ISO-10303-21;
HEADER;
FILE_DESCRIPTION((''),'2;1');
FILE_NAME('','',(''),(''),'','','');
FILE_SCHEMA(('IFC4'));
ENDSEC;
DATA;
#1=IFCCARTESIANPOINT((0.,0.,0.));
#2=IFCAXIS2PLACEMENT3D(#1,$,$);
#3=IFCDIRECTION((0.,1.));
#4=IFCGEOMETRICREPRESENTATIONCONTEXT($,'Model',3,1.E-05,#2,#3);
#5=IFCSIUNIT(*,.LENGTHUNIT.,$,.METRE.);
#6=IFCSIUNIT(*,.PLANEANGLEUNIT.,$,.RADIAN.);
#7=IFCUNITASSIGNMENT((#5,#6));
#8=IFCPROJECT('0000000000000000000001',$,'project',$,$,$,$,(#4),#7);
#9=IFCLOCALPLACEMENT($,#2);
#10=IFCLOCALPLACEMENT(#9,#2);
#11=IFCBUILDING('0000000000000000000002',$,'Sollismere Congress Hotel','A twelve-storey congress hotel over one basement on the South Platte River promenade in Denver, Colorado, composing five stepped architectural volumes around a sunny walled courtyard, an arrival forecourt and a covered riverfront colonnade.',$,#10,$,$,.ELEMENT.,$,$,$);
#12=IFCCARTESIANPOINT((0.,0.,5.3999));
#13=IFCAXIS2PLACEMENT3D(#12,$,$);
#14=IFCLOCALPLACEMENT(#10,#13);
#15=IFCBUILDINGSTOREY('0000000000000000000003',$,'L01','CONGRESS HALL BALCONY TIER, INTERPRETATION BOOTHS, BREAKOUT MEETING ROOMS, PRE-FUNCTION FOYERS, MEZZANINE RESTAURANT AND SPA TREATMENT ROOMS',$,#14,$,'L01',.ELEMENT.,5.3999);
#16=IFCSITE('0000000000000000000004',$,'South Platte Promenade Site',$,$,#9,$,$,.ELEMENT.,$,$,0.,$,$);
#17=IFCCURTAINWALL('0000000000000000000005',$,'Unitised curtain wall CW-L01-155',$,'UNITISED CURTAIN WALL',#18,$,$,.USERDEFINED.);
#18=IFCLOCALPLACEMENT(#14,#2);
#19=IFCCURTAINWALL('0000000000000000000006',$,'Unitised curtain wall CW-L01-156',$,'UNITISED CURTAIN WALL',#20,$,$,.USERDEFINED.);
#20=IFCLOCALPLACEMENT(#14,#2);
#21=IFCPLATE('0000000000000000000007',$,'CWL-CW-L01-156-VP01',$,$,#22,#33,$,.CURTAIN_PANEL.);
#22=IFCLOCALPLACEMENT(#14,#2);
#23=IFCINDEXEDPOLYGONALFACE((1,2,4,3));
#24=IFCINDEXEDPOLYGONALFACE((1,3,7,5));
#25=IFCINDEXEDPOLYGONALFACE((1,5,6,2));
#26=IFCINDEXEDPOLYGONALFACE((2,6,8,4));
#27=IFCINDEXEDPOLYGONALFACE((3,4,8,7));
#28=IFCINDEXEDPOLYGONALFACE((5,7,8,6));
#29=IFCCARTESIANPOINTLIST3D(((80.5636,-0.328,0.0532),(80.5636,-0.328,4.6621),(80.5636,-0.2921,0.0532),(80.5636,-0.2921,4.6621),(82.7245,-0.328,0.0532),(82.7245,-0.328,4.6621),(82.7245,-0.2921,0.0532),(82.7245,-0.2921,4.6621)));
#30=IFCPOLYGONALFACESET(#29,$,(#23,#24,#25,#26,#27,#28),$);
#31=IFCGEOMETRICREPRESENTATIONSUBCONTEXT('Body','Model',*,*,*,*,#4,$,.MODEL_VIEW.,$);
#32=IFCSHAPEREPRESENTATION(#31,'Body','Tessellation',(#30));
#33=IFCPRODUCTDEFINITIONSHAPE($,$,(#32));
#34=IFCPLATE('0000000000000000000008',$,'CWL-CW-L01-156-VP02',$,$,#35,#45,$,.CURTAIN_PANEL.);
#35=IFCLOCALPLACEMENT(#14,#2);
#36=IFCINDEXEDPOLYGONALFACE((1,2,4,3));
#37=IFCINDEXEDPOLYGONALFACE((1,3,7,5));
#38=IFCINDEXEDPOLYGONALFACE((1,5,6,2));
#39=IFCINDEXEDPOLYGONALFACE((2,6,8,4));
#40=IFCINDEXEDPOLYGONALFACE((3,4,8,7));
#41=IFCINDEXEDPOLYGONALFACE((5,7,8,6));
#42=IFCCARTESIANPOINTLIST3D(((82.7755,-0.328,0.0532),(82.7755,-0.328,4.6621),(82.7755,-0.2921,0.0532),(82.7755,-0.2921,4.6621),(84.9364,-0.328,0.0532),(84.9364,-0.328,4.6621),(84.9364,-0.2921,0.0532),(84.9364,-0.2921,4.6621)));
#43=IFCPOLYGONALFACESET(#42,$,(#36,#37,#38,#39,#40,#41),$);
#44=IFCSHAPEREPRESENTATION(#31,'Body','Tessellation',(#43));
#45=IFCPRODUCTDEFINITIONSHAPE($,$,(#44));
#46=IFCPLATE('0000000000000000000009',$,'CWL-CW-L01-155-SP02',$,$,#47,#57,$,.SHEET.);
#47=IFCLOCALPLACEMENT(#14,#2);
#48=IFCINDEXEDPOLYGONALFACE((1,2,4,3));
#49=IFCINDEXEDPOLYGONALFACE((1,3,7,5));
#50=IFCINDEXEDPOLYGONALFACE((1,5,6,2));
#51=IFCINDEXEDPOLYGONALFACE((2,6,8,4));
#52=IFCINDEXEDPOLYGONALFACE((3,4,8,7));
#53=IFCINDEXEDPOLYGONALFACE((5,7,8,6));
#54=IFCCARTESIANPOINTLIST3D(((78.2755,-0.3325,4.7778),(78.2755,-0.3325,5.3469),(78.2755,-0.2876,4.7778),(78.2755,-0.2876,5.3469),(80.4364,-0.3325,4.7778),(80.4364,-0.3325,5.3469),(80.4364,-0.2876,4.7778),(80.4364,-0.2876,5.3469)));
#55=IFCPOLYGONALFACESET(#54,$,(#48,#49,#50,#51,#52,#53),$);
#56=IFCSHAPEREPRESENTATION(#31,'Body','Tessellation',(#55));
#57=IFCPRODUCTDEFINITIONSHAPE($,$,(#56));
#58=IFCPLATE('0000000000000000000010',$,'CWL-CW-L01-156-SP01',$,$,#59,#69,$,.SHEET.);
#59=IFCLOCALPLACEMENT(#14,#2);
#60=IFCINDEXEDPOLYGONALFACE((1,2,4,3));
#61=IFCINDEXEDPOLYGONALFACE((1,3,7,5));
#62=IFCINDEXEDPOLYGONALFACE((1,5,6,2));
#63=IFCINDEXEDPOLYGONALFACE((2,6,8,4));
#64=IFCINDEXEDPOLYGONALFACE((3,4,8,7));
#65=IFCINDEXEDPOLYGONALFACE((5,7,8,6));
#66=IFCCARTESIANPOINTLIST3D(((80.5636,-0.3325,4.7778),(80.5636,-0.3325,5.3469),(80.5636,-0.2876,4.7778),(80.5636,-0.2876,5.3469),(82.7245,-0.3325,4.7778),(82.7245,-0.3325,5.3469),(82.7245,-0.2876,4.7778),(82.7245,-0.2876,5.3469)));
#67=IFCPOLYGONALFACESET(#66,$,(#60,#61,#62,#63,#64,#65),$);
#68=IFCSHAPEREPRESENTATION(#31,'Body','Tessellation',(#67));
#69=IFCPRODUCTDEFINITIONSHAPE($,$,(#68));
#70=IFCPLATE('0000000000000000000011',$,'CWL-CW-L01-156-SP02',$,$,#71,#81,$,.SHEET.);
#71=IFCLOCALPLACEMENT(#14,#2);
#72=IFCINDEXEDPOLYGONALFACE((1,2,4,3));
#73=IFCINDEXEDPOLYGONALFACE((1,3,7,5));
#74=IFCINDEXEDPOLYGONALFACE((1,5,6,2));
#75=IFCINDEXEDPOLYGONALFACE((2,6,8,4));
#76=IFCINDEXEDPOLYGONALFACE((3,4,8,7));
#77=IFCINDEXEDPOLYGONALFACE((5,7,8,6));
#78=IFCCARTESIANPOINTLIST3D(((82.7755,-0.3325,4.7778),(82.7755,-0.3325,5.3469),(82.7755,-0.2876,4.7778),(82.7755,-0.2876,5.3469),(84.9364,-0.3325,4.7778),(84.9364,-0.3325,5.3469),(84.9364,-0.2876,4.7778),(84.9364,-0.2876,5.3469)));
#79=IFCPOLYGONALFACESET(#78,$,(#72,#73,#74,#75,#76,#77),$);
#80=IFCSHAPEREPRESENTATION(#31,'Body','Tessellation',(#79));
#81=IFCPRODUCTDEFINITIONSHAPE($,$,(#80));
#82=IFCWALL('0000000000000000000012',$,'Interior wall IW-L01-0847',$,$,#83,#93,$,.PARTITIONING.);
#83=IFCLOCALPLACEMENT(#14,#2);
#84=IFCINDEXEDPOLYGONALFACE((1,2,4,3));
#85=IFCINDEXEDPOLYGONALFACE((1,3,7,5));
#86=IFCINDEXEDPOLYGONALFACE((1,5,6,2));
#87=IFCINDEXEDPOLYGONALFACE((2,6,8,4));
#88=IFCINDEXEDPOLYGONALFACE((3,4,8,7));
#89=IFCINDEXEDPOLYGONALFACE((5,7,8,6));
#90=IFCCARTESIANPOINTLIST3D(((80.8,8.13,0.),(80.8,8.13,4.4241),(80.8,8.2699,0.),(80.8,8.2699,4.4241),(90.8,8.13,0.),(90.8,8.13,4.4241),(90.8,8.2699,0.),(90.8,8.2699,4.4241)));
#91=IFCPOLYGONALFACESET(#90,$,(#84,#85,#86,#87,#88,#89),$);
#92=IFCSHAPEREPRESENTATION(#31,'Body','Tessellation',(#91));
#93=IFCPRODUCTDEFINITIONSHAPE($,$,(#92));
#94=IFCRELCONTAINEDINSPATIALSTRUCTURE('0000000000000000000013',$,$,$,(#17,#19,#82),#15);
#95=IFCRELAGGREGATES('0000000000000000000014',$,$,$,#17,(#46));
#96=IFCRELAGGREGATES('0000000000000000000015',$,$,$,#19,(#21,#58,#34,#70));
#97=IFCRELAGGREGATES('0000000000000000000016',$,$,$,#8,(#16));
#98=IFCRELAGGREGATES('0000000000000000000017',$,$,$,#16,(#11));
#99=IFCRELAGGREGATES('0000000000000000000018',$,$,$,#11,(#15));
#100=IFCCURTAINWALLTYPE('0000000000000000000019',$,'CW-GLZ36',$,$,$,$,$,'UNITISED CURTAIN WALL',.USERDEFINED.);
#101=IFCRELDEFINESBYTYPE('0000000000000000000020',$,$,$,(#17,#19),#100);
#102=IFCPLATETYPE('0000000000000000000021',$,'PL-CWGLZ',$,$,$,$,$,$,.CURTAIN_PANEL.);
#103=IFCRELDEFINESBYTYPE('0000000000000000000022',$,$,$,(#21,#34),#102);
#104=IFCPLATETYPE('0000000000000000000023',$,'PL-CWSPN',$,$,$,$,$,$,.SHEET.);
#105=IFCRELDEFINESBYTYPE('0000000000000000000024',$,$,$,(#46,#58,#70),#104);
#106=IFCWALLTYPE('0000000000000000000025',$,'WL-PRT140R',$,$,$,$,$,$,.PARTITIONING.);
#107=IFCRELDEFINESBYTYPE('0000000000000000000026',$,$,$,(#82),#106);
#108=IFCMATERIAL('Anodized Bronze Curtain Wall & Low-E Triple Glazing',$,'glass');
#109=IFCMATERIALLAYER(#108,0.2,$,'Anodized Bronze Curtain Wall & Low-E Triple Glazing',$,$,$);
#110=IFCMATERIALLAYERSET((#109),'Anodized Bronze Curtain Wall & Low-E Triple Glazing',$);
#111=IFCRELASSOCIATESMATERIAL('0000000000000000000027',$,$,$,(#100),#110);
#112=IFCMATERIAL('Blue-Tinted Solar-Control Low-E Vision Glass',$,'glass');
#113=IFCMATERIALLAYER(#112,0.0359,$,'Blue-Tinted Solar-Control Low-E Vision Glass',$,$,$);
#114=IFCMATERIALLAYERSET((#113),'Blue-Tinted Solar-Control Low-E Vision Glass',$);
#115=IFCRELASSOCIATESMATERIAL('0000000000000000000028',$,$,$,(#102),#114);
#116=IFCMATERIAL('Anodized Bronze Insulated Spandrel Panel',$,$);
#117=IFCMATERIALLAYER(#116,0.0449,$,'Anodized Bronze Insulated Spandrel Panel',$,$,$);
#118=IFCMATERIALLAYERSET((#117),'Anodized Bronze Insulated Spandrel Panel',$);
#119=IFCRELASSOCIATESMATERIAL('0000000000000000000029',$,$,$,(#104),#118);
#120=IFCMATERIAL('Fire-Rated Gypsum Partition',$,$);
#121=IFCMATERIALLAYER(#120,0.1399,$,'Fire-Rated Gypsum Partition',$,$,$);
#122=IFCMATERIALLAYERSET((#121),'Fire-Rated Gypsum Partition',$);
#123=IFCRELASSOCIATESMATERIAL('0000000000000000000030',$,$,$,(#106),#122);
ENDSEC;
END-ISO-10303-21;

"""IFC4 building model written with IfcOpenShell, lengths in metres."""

from ifc_helpers import new_model, si_unit, direction, frame, frame_2d, origin, origin_2d, place, context, subcontext, project, spatial, rectangle, extrude, material, layer, layer_set, type_object, element, aggregate, save


model = new_model("IFC4")

# Units and contexts
model_context = context("Model", 3, precision=1e-05, world=origin(), true_north=direction((0.0, 1.0)))
body_context = subcontext(model_context, "Body", "Model", "MODEL_VIEW")
ifc_project = project(units=[si_unit("LENGTHUNIT", "METRE"), si_unit("PLANEANGLEUNIT", "RADIAN")], contexts=[model_context])

# Site, building, storey
site_placement = place(None, origin())
site = spatial("IfcSite", under=ifc_project, at=site_placement, Name="South Platte Promenade Site", CompositionType="ELEMENT", RefElevation=0.0)
building_placement = place(site_placement, origin())
building = spatial("IfcBuilding", under=site, at=building_placement, Name="Sollismere Congress Hotel", Description="A twelve-storey congress hotel over one basement on the South Platte River promenade in Denver, Colorado, composing five stepped architectural volumes around a sunny walled courtyard, an arrival forecourt and a covered riverfront colonnade.", CompositionType="ELEMENT")
storey_placement = place(building_placement, frame((0.0, 0.0, 5.3999)))
storey = spatial("IfcBuildingStorey", under=building, at=storey_placement, Name="L01", Description="CONGRESS HALL BALCONY TIER, INTERPRETATION BOOTHS, BREAKOUT MEETING ROOMS, PRE-FUNCTION FOYERS, MEZZANINE RESTAURANT AND SPA TREATMENT ROOMS", LongName="L01", CompositionType="ELEMENT", Elevation=5.3999)

# Curtain wall
ifc_material_1 = material(Name="Anodized Bronze Curtain Wall & Low-E Triple Glazing", Category="glass")
ifc_layer_1 = layer(ifc_material_1, 0.2, Name="Anodized Bronze Curtain Wall & Low-E Triple Glazing")
ifc_layer_set_1 = layer_set([ifc_layer_1], Name="Anodized Bronze Curtain Wall & Low-E Triple Glazing")
curtain_wall_type = type_object("IfcCurtainWallType", Name="CW-GLZ36", ElementType="UNITISED CURTAIN WALL", PredefinedType="USERDEFINED", material=ifc_layer_set_1)
curtain_wall_1_placement = place(storey_placement, origin())
curtain_wall_1 = element("IfcCurtainWall", 1, at=curtain_wall_1_placement, inside=storey, type_object=curtain_wall_type, Name="Unitised curtain wall CW-L01-155", ObjectType="UNITISED CURTAIN WALL", PredefinedType="USERDEFINED")

# Curtain wall
curtain_wall_2_placement = place(storey_placement, origin())
curtain_wall_2 = element("IfcCurtainWall", 2, at=curtain_wall_2_placement, inside=storey, type_object=curtain_wall_type, Name="Unitised curtain wall CW-L01-156", ObjectType="UNITISED CURTAIN WALL", PredefinedType="USERDEFINED")

# Plates
ifc_material_2 = material(Name="Blue-Tinted Solar-Control Low-E Vision Glass", Category="glass")
ifc_layer_2 = layer(ifc_material_2, 0.0359, Name="Blue-Tinted Solar-Control Low-E Vision Glass")
ifc_layer_set_2 = layer_set([ifc_layer_2], Name="Blue-Tinted Solar-Control Low-E Vision Glass")
plate_type_1 = type_object("IfcPlateType", Name="PL-CWGLZ", PredefinedType="CURTAIN_PANEL", material=ifc_layer_set_2)
plate_1_placement = place(storey_placement, frame((81.644, -0.3101, 0.0532), z_axis=(0.0, 0.0, 1.0), x_axis=(1.0, 0.0, 0.0)))
plate_1 = element("IfcPlate", 3, at=plate_1_placement, type_object=plate_type_1, Name="CWL-CW-L01-156-VP01", PredefinedType="CURTAIN_PANEL", context=body_context, shape_type="SweptSolid", body=[
    extrude(rectangle(XDim=2.1609, YDim=0.0359, at=origin_2d()), origin(), (0.0, 0.0, 1.0), 4.6089),
])
plate_2_placement = place(storey_placement, frame((83.856, -0.3101, 0.0532), z_axis=(0.0, 0.0, 1.0), x_axis=(1.0, 0.0, 0.0)))
plate_2 = element("IfcPlate", 4, at=plate_2_placement, type_object=plate_type_1, Name="CWL-CW-L01-156-VP02", PredefinedType="CURTAIN_PANEL", context=body_context, shape_type="SweptSolid", body=[
    extrude(rectangle(XDim=2.1609, YDim=0.0359, at=origin_2d()), origin(), (0.0, 0.0, 1.0), 4.6089),
])
ifc_material_3 = material(Name="Anodized Bronze Insulated Spandrel Panel")
ifc_layer_3 = layer(ifc_material_3, 0.0449, Name="Anodized Bronze Insulated Spandrel Panel")
ifc_layer_set_3 = layer_set([ifc_layer_3], Name="Anodized Bronze Insulated Spandrel Panel")
plate_type_2 = type_object("IfcPlateType", Name="PL-CWSPN", PredefinedType="SHEET", material=ifc_layer_set_3)
plate_3_placement = place(storey_placement, frame((79.356, -0.3101, 4.7778), z_axis=(0.0, 0.0, 1.0), x_axis=(1.0, 0.0, 0.0)))
plate_3 = element("IfcPlate", 5, at=plate_3_placement, type_object=plate_type_2, Name="CWL-CW-L01-155-SP02", PredefinedType="SHEET", context=body_context, shape_type="SweptSolid", body=[
    extrude(rectangle(XDim=2.1609, YDim=0.0449, at=origin_2d()), origin(), (0.0, 0.0, 1.0), 0.5691),
])
aggregate(curtain_wall_1, [plate_3])
plate_4_placement = place(storey_placement, frame((81.644, -0.3101, 4.7778), z_axis=(0.0, 0.0, 1.0), x_axis=(1.0, 0.0, 0.0)))
plate_4 = element("IfcPlate", 6, at=plate_4_placement, type_object=plate_type_2, Name="CWL-CW-L01-156-SP01", PredefinedType="SHEET", context=body_context, shape_type="SweptSolid", body=[
    extrude(rectangle(XDim=2.1609, YDim=0.0449, at=origin_2d()), origin(), (0.0, 0.0, 1.0), 0.5691),
])
plate_5_placement = place(storey_placement, frame((83.856, -0.3101, 4.7778), z_axis=(0.0, 0.0, 1.0), x_axis=(1.0, 0.0, 0.0)))
plate_5 = element("IfcPlate", 7, at=plate_5_placement, type_object=plate_type_2, Name="CWL-CW-L01-156-SP02", PredefinedType="SHEET", context=body_context, shape_type="SweptSolid", body=[
    extrude(rectangle(XDim=2.1609, YDim=0.0449, at=origin_2d()), origin(), (0.0, 0.0, 1.0), 0.5691),
])
aggregate(curtain_wall_2, [plate_1, plate_4, plate_2, plate_5])

# Wall
ifc_material_4 = material(Name="Fire-Rated Gypsum Partition")
ifc_layer_4 = layer(ifc_material_4, 0.1399, Name="Fire-Rated Gypsum Partition")
ifc_layer_set_4 = layer_set([ifc_layer_4], Name="Fire-Rated Gypsum Partition")
wall_type_1 = type_object("IfcWallType", Name="WL-PRT140R", PredefinedType="PARTITIONING", material=ifc_layer_set_4)
wall_1_placement = place(storey_placement, frame((80.8, 8.2, 0.0), z_axis=(0.0, 0.0, 1.0), x_axis=(1.0, 0.0, 0.0)))
element("IfcWall", 8, at=wall_1_placement, inside=storey, type_object=wall_type_1, Name="Interior wall IW-L01-0847", PredefinedType="PARTITIONING", context=body_context, shape_type="SweptSolid", body=[
    extrude(rectangle(XDim=10.0, YDim=0.1399, at=frame_2d((5.0, 0.0))), origin(), (0.0, 0.0, 1.0), 4.4241),
])

save(model, "model.ifc")
